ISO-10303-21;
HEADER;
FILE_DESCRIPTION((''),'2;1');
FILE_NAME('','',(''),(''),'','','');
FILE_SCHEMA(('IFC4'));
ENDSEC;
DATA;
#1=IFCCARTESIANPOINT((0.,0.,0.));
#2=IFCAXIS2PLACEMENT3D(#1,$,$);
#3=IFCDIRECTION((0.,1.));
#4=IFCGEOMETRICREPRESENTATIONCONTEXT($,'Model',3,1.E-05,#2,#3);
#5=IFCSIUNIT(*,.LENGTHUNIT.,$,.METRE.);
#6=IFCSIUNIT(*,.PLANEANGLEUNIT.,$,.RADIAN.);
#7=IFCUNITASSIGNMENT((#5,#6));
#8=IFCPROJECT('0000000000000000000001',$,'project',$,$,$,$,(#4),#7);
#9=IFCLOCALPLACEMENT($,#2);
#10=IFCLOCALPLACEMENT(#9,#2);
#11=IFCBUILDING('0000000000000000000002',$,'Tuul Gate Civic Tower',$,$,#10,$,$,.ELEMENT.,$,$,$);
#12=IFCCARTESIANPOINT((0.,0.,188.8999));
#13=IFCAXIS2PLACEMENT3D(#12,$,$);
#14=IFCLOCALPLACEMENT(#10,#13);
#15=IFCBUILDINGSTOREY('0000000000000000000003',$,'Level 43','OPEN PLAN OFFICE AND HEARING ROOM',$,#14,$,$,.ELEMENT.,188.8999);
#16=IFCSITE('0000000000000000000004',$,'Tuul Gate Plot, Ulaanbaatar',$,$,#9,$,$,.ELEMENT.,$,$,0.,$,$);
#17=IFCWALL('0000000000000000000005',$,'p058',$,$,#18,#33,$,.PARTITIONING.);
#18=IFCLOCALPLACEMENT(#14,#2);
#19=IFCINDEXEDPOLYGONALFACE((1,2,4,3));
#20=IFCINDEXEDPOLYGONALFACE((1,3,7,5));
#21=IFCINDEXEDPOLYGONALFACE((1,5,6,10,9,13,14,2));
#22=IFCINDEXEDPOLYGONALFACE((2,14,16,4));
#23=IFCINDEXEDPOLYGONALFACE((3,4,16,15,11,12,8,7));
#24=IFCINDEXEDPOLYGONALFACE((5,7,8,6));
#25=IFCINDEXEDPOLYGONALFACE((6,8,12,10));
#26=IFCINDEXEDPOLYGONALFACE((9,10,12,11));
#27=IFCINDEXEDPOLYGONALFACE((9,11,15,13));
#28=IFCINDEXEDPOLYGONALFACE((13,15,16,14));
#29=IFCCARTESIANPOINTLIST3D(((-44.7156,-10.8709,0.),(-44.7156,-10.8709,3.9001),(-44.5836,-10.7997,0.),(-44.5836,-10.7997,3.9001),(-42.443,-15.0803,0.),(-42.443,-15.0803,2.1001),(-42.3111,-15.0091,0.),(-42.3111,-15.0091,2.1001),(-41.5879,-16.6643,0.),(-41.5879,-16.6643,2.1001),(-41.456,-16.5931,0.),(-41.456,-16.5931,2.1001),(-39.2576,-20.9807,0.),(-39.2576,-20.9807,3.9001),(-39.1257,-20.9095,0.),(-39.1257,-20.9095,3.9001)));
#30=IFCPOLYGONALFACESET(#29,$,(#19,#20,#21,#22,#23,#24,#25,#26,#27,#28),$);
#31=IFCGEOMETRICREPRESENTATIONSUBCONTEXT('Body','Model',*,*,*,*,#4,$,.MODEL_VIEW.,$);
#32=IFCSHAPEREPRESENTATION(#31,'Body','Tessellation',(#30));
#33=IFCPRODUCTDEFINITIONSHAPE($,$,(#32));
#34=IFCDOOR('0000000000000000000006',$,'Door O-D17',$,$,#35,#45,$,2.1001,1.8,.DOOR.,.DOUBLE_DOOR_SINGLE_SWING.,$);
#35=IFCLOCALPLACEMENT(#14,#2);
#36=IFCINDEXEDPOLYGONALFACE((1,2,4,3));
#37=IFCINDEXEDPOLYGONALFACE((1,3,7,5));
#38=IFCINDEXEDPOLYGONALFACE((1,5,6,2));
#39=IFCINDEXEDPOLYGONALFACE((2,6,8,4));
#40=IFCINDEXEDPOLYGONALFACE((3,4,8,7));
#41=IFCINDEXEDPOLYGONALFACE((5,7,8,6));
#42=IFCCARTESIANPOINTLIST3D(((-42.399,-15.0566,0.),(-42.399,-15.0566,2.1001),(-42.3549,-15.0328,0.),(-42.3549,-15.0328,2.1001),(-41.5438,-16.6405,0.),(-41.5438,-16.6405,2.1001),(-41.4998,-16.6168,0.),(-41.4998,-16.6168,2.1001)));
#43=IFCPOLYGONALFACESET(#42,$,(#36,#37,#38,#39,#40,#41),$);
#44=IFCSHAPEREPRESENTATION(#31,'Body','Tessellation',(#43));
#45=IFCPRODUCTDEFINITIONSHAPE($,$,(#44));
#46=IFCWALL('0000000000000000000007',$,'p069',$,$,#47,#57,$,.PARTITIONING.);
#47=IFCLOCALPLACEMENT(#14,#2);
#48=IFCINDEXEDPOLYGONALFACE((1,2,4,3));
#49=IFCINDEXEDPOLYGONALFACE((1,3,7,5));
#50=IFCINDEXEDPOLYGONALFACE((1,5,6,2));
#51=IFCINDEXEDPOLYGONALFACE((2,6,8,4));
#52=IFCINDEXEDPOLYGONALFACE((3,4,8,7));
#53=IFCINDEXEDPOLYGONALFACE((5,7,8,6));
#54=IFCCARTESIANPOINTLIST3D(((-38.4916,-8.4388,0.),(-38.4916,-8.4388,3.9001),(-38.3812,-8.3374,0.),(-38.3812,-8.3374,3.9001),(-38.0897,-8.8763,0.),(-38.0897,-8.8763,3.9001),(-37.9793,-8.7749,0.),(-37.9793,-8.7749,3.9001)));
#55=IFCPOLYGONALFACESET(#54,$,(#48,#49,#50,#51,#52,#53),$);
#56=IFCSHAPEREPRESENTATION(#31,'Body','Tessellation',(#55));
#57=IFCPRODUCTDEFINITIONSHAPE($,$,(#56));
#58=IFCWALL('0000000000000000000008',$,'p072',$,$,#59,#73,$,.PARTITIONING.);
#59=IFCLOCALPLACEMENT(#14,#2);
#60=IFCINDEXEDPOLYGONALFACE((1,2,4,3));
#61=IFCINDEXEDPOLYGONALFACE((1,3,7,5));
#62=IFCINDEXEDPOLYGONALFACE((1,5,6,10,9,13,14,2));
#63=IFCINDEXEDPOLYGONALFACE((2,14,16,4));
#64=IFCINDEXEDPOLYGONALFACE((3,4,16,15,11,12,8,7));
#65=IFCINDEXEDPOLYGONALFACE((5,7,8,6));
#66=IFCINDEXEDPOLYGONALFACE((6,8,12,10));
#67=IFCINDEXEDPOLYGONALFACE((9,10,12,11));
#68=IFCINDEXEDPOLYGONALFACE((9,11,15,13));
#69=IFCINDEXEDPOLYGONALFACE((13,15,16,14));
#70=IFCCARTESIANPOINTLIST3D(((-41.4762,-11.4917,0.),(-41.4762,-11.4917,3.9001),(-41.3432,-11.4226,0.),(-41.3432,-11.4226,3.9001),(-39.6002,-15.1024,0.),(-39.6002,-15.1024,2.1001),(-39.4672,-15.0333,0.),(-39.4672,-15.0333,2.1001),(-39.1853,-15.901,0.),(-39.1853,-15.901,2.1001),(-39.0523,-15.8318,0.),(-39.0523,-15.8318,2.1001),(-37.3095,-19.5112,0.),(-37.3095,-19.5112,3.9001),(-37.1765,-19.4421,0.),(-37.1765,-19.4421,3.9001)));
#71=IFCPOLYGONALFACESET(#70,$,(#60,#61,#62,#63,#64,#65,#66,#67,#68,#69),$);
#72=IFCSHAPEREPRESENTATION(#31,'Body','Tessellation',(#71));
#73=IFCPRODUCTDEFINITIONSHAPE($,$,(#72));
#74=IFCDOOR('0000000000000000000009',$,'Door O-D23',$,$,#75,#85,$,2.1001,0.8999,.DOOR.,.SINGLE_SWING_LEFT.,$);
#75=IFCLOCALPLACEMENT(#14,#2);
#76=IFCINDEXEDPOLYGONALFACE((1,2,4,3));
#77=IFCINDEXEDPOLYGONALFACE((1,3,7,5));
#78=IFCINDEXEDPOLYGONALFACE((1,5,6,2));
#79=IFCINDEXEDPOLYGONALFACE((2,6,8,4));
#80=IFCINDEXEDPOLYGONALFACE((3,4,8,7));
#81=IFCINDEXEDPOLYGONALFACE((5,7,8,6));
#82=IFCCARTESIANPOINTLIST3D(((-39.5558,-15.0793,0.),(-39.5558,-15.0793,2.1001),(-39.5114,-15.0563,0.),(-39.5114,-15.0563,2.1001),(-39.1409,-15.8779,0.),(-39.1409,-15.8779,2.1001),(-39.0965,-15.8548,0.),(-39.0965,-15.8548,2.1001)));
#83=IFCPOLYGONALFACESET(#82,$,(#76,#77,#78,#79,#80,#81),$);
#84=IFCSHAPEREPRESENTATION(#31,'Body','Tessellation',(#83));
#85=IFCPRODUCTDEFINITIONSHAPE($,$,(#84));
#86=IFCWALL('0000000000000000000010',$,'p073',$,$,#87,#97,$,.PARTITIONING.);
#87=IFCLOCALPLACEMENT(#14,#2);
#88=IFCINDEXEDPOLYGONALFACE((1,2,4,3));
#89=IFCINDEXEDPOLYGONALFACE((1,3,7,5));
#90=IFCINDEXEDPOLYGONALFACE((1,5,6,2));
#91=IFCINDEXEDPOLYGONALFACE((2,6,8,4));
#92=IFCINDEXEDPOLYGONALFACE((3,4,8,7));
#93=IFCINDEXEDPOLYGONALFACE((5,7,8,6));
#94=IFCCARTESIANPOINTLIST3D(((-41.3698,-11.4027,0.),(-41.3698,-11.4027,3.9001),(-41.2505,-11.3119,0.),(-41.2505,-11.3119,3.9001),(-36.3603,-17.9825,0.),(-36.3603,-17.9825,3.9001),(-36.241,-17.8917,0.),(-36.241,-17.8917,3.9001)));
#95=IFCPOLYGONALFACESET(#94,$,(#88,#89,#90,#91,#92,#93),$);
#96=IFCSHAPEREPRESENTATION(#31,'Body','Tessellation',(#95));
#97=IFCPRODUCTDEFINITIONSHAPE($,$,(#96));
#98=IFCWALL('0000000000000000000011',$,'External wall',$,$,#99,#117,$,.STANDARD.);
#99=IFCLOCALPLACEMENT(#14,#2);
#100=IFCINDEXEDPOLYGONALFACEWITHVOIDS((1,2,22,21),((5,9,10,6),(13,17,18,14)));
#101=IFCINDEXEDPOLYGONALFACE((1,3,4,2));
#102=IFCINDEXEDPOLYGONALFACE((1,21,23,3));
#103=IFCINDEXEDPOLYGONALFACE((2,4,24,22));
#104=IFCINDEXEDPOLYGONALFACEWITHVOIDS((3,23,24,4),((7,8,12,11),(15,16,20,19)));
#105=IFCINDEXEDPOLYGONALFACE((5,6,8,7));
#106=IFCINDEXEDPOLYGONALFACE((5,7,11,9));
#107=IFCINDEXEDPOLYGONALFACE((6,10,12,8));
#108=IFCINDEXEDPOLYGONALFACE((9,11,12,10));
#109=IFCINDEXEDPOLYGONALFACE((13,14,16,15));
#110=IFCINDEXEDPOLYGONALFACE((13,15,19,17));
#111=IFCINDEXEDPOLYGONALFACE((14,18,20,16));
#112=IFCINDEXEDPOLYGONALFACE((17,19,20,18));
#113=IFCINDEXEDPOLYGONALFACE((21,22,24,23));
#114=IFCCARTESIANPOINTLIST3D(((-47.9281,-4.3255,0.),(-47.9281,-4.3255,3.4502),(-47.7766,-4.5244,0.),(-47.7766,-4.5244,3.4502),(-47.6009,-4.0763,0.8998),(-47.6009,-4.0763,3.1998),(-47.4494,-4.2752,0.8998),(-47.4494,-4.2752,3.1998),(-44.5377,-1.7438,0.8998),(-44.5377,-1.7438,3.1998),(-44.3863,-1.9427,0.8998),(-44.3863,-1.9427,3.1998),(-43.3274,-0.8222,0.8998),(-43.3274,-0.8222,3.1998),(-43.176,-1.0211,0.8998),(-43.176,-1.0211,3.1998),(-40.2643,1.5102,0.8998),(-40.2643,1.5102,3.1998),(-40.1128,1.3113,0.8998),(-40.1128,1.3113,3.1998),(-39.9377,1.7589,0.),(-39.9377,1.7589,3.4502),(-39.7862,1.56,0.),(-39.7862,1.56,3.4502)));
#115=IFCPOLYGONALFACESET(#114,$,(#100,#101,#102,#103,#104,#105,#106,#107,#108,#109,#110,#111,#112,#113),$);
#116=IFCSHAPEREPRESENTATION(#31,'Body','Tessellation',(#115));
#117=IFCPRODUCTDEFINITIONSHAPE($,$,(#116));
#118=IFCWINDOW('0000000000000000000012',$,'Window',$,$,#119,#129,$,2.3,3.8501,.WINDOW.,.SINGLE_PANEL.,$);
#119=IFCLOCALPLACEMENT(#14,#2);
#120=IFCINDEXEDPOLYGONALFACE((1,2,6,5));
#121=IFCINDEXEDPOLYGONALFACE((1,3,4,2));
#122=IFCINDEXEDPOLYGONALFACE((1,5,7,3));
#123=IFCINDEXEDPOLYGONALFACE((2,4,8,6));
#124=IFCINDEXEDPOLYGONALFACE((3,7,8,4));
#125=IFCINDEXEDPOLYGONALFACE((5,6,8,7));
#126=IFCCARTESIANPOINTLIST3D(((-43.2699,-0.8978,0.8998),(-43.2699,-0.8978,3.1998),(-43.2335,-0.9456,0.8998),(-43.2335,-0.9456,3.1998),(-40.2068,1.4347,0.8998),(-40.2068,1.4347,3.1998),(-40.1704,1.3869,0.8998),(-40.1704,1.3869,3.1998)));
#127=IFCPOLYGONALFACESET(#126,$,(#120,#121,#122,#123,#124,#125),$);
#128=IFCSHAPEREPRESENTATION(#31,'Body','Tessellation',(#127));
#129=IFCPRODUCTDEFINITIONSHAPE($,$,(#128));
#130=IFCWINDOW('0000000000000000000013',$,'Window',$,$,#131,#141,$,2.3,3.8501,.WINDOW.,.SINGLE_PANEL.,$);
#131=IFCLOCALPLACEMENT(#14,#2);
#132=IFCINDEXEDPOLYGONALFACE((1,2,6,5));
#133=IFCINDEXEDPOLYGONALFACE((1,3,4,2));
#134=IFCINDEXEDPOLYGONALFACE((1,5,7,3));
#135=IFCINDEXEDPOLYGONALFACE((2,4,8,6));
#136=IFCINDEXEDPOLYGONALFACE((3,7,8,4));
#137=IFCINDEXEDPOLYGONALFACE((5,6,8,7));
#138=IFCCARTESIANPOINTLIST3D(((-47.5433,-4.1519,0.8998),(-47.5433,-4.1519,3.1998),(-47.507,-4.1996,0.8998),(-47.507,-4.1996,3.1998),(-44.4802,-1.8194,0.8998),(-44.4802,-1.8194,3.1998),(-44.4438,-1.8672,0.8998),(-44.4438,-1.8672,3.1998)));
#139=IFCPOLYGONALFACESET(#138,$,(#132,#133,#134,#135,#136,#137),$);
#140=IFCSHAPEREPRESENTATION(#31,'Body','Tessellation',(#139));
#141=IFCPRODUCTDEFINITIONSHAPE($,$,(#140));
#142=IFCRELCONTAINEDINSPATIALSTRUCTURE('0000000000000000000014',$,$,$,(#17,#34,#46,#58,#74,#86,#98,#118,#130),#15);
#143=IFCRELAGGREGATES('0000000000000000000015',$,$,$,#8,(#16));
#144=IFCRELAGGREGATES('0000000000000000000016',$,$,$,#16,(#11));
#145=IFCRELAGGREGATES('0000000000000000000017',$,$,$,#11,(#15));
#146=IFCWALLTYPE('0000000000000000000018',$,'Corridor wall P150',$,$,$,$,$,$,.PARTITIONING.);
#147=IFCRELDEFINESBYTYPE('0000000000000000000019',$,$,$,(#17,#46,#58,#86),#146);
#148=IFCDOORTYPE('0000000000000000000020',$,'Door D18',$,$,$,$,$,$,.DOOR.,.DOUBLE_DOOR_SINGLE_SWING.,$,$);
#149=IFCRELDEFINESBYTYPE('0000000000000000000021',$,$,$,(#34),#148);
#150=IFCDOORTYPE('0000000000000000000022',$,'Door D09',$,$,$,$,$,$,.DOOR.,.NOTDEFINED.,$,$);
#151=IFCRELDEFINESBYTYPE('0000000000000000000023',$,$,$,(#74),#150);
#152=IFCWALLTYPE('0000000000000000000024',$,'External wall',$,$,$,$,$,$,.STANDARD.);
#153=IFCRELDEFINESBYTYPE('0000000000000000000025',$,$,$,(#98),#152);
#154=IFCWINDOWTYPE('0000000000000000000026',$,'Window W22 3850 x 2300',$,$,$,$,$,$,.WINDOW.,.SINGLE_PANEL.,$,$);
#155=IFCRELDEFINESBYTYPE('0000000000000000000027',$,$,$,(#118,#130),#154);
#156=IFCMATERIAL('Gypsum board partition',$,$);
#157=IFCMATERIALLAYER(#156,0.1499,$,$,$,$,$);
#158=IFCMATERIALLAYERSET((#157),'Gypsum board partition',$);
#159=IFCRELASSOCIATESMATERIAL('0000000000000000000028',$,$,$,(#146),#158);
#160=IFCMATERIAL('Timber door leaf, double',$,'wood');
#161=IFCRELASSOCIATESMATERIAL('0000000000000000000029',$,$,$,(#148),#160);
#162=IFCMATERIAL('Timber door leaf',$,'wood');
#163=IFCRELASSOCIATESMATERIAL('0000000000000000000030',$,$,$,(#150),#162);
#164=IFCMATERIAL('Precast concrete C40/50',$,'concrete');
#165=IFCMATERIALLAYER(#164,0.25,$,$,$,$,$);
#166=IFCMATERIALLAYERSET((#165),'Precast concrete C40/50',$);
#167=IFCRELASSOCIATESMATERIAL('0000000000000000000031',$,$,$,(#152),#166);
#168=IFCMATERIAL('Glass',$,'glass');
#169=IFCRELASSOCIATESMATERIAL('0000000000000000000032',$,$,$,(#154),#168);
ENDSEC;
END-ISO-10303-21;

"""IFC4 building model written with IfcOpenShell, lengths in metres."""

from ifc_helpers import new_model, si_unit, direction, frame, frame_2d, origin, place, context, subcontext, project, spatial, rectangle, extrude, material, layer, layer_set, type_object, element, fill, save


model = new_model("IFC4")

# Units and contexts
model_context = context("Model", 3, precision=1e-05, world=origin(), true_north=direction((0.0, 1.0)))
body_context = subcontext(model_context, "Body", "Model", "MODEL_VIEW")
ifc_project = project(units=[si_unit("LENGTHUNIT", "METRE"), si_unit("PLANEANGLEUNIT", "RADIAN")], contexts=[model_context])

# Site, building, storey
site_placement = place(None, origin())
site = spatial("IfcSite", under=ifc_project, at=site_placement, Name="Tuul Gate Plot, Ulaanbaatar", CompositionType="ELEMENT", RefElevation=0.0)
building_placement = place(site_placement, origin())
building = spatial("IfcBuilding", under=site, at=building_placement, Name="Tuul Gate Civic Tower", CompositionType="ELEMENT")
storey_placement = place(building_placement, frame((0.0, 0.0, 188.8999)))
storey = spatial("IfcBuildingStorey", under=building, at=storey_placement, Name="Level 43", Description="OPEN PLAN OFFICE AND HEARING ROOM", CompositionType="ELEMENT", Elevation=188.8999)

# Wall, opening, door
ifc_material_1 = material(Name="Gypsum board partition")
ifc_layer_1 = layer(ifc_material_1, 0.1499)
ifc_layer_set_1 = layer_set([ifc_layer_1], Name="Gypsum board partition")
wall_type_1 = type_object("IfcWallType", Name="Corridor wall P150", PredefinedType="PARTITIONING", material=ifc_layer_set_1)
wall_1_placement = place(storey_placement, frame((-44.6497, -10.8352, 0.0), z_axis=(0.0, 0.0, 1.0), x_axis=(0.47506, -0.879953, 0.0)))
wall_1 = element("IfcWall", 1, at=wall_1_placement, inside=storey, type_object=wall_type_1, Name="p058", PredefinedType="PARTITIONING", context=body_context, shape_type="SweptSolid", body=[
    extrude(rectangle(XDim=11.489, YDim=0.1499, at=frame_2d((5.7446, 0.0))), origin(), (0.0, 0.0, 1.0), 3.9001),
])
opening_1_placement = place(wall_1_placement, frame((4.7839, 0.0, 0.0)))
opening_1 = element("IfcOpeningElement", 2, at=opening_1_placement, cuts=wall_1, PredefinedType="OPENING", context=body_context, shape_type="SweptSolid", body=[
    extrude(rectangle(XDim=1.8, YDim=2.1001, at=frame_2d((0.8999, 1.05))), frame((0.0, 0.085, 0.0), z_axis=(0.0, -1.0, 0.0), x_axis=(1.0, 0.0, 0.0)), (0.0, 0.0, 1.0), 0.1699),
])
ifc_material_2 = material(Name="Timber door leaf, double", Category="wood")
door_type_1 = type_object("IfcDoorType", Name="Door D18", OperationType="DOUBLE_DOOR_SINGLE_SWING", PredefinedType="DOOR", material=ifc_material_2)
door_1_placement = place(opening_1_placement, frame((1.8, 0.0, 0.0), z_axis=(0.0, 0.0, 1.0), x_axis=(-1.0, 0.0, 0.0)))
door_1 = element("IfcDoor", 3, at=door_1_placement, inside=storey, type_object=door_type_1, Name="Door O-D17", OperationType="DOUBLE_DOOR_SINGLE_SWING", OverallHeight=2.1001, OverallWidth=1.8, PredefinedType="DOOR", context=body_context, shape_type="SweptSolid", body=[
    extrude(rectangle(XDim=1.8, YDim=2.1001, at=frame_2d((0.9001, 1.05))), frame((0.0, 0.0249, 0.0), z_axis=(0.0, -1.0, 0.0), x_axis=(1.0, 0.0, 0.0)), (0.0, 0.0, 1.0), 0.05),
])
fill(opening_1, door_1)

# Wall
wall_2_placement = place(storey_placement, frame((-38.4363, -8.3882, 0.0), z_axis=(0.0, 0.0, 1.0), x_axis=(0.676469, -0.736471, 0.0)))
element("IfcWall", 4, at=wall_2_placement, inside=storey, type_object=wall_type_1, Name="p069", PredefinedType="PARTITIONING", context=body_context, shape_type="SweptSolid", body=[
    extrude(rectangle(XDim=0.594, YDim=0.1499, at=frame_2d((0.2969, 0.0))), origin(), (0.0, 0.0, 1.0), 3.9001),
])

# Wall, opening, door
wall_3_placement = place(storey_placement, frame((-41.4097, -11.4573, 0.0), z_axis=(0.0, 0.0, 1.0), x_axis=(0.461056, -0.887371, 0.0)))
wall_3 = element("IfcWall", 5, at=wall_3_placement, inside=storey, type_object=wall_type_1, Name="p072", PredefinedType="PARTITIONING", context=body_context, shape_type="SweptSolid", body=[
    extrude(rectangle(XDim=9.0374, YDim=0.1499, at=frame_2d((4.5186, 0.0))), origin(), (0.0, 0.0, 1.0), 3.9001),
])
opening_2_placement = place(wall_3_placement, frame((4.0688, 0.0, 0.0)))
opening_2 = element("IfcOpeningElement", 6, at=opening_2_placement, cuts=wall_3, PredefinedType="OPENING", context=body_context, shape_type="SweptSolid", body=[
    extrude(rectangle(XDim=0.8999, YDim=2.1001, at=frame_2d((0.45, 1.05))), frame((0.0, 0.085, 0.0), z_axis=(0.0, -1.0, 0.0), x_axis=(1.0, 0.0, 0.0)), (0.0, 0.0, 1.0), 0.1699),
])
ifc_material_3 = material(Name="Timber door leaf", Category="wood")
door_type_2 = type_object("IfcDoorType", Name="Door D09", OperationType="NOTDEFINED", PredefinedType="DOOR", material=ifc_material_3)
door_2_placement = place(opening_2_placement, frame((0.8999, 0.0, 0.0), z_axis=(0.0, 0.0, 1.0), x_axis=(-1.0, 0.0, 0.0)))
door_2 = element("IfcDoor", 7, at=door_2_placement, inside=storey, type_object=door_type_2, Name="Door O-D23", OperationType="SINGLE_SWING_LEFT", OverallHeight=2.1001, OverallWidth=0.8999, PredefinedType="DOOR", context=body_context, shape_type="SweptSolid", body=[
    extrude(rectangle(XDim=0.8999, YDim=2.1001, at=frame_2d((0.45, 1.05))), frame((0.0, 0.0249, 0.0), z_axis=(0.0, -1.0, 0.0), x_axis=(1.0, 0.0, 0.0)), (0.0, 0.0, 1.0), 0.05),
])
fill(opening_2, door_2)

# Wall
wall_4_placement = place(storey_placement, frame((-41.3101, -11.3574, 0.0), z_axis=(0.0, 0.0, 1.0), x_axis=(0.605761, -0.795646, 0.0)))
element("IfcWall", 8, at=wall_4_placement, inside=storey, type_object=wall_type_1, Name="p073", PredefinedType="PARTITIONING", context=body_context, shape_type="SweptSolid", body=[
    extrude(rectangle(XDim=8.2698, YDim=0.1499, at=frame_2d((4.1348, 0.0))), origin(), (0.0, 0.0, 1.0), 3.9001),
])

# Wall, openings, windows
ifc_material_4 = material(Name="Precast concrete C40/50", Category="concrete")
ifc_layer_2 = layer(ifc_material_4, 0.25)
ifc_layer_set_2 = layer_set([ifc_layer_2], Name="Precast concrete C40/50")
wall_type_2 = type_object("IfcWallType", Name="External wall", PredefinedType="STANDARD", material=ifc_layer_set_2)
wall_5_placement = place(storey_placement, frame((-39.8621, 1.6594, 0.0), z_axis=(0.0, 0.0, 1.0), x_axis=(-0.7956, -0.605822, 0.0)))
wall_5 = element("IfcWall", 9, at=wall_5_placement, inside=storey, type_object=wall_type_2, Name="External wall", PredefinedType="STANDARD", context=body_context, shape_type="SweptSolid", body=[
    extrude(rectangle(XDim=10.0432, YDim=0.25, at=frame_2d((5.0215, 0.0))), origin(), (0.0, 0.0, 1.0), 3.4502),
])
opening_3_placement = place(wall_5_placement, frame((0.4104, 0.0, 0.8999)))
opening_3 = element("IfcOpeningElement", 10, at=opening_3_placement, cuts=wall_5, PredefinedType="OPENING", context=body_context, shape_type="SweptSolid", body=[
    extrude(rectangle(XDim=3.8501, YDim=2.3, at=frame_2d((1.925, 1.1499))), frame((0.0, 0.135, 0.0), z_axis=(0.0, -1.0, 0.0), x_axis=(1.0, 0.0, 0.0)), (0.0, 0.0, 1.0), 0.27),
])
opening_4_placement = place(wall_5_placement, frame((5.7817, 0.0, 0.8999)))
opening_4 = element("IfcOpeningElement", 11, at=opening_4_placement, cuts=wall_5, PredefinedType="OPENING", context=body_context, shape_type="SweptSolid", body=[
    extrude(rectangle(XDim=3.8501, YDim=2.3, at=frame_2d((1.925, 1.1499))), frame((0.0, 0.135, 0.0), z_axis=(0.0, -1.0, 0.0), x_axis=(1.0, 0.0, 0.0)), (0.0, 0.0, 1.0), 0.27),
])
ifc_material_5 = material(Name="Glass", Category="glass")
window_type_1 = type_object("IfcWindowType", Name="Window W22 3850 x 2300", PartitioningType="SINGLE_PANEL", PredefinedType="WINDOW", material=ifc_material_5)
window_1_placement = place(opening_3_placement, origin())
window_1 = element("IfcWindow", 12, at=window_1_placement, inside=storey, type_object=window_type_1, Name="Window", OverallHeight=2.3, OverallWidth=3.8501, PartitioningType="SINGLE_PANEL", PredefinedType="WINDOW", context=body_context, shape_type="SweptSolid", body=[
    extrude(rectangle(XDim=3.8501, YDim=2.3, at=frame_2d((1.925, 1.1499))), frame((0.0, 0.03, 0.0), z_axis=(0.0, -1.0, 0.0), x_axis=(1.0, 0.0, 0.0)), (0.0, 0.0, 1.0), 0.0601),
])
fill(opening_3, window_1)
window_2_placement = place(opening_4_placement, origin())
window_2 = element("IfcWindow", 13, at=window_2_placement, inside=storey, type_object=window_type_1, Name="Window", OverallHeight=2.3, OverallWidth=3.8501, PartitioningType="SINGLE_PANEL", PredefinedType="WINDOW", context=body_context, shape_type="SweptSolid", body=[
    extrude(rectangle(XDim=3.8501, YDim=2.3, at=frame_2d((1.925, 1.1499))), frame((0.0, 0.03, 0.0), z_axis=(0.0, -1.0, 0.0), x_axis=(1.0, 0.0, 0.0)), (0.0, 0.0, 1.0), 0.0601),
])
fill(opening_4, window_2)

save(model, "model.ifc")
